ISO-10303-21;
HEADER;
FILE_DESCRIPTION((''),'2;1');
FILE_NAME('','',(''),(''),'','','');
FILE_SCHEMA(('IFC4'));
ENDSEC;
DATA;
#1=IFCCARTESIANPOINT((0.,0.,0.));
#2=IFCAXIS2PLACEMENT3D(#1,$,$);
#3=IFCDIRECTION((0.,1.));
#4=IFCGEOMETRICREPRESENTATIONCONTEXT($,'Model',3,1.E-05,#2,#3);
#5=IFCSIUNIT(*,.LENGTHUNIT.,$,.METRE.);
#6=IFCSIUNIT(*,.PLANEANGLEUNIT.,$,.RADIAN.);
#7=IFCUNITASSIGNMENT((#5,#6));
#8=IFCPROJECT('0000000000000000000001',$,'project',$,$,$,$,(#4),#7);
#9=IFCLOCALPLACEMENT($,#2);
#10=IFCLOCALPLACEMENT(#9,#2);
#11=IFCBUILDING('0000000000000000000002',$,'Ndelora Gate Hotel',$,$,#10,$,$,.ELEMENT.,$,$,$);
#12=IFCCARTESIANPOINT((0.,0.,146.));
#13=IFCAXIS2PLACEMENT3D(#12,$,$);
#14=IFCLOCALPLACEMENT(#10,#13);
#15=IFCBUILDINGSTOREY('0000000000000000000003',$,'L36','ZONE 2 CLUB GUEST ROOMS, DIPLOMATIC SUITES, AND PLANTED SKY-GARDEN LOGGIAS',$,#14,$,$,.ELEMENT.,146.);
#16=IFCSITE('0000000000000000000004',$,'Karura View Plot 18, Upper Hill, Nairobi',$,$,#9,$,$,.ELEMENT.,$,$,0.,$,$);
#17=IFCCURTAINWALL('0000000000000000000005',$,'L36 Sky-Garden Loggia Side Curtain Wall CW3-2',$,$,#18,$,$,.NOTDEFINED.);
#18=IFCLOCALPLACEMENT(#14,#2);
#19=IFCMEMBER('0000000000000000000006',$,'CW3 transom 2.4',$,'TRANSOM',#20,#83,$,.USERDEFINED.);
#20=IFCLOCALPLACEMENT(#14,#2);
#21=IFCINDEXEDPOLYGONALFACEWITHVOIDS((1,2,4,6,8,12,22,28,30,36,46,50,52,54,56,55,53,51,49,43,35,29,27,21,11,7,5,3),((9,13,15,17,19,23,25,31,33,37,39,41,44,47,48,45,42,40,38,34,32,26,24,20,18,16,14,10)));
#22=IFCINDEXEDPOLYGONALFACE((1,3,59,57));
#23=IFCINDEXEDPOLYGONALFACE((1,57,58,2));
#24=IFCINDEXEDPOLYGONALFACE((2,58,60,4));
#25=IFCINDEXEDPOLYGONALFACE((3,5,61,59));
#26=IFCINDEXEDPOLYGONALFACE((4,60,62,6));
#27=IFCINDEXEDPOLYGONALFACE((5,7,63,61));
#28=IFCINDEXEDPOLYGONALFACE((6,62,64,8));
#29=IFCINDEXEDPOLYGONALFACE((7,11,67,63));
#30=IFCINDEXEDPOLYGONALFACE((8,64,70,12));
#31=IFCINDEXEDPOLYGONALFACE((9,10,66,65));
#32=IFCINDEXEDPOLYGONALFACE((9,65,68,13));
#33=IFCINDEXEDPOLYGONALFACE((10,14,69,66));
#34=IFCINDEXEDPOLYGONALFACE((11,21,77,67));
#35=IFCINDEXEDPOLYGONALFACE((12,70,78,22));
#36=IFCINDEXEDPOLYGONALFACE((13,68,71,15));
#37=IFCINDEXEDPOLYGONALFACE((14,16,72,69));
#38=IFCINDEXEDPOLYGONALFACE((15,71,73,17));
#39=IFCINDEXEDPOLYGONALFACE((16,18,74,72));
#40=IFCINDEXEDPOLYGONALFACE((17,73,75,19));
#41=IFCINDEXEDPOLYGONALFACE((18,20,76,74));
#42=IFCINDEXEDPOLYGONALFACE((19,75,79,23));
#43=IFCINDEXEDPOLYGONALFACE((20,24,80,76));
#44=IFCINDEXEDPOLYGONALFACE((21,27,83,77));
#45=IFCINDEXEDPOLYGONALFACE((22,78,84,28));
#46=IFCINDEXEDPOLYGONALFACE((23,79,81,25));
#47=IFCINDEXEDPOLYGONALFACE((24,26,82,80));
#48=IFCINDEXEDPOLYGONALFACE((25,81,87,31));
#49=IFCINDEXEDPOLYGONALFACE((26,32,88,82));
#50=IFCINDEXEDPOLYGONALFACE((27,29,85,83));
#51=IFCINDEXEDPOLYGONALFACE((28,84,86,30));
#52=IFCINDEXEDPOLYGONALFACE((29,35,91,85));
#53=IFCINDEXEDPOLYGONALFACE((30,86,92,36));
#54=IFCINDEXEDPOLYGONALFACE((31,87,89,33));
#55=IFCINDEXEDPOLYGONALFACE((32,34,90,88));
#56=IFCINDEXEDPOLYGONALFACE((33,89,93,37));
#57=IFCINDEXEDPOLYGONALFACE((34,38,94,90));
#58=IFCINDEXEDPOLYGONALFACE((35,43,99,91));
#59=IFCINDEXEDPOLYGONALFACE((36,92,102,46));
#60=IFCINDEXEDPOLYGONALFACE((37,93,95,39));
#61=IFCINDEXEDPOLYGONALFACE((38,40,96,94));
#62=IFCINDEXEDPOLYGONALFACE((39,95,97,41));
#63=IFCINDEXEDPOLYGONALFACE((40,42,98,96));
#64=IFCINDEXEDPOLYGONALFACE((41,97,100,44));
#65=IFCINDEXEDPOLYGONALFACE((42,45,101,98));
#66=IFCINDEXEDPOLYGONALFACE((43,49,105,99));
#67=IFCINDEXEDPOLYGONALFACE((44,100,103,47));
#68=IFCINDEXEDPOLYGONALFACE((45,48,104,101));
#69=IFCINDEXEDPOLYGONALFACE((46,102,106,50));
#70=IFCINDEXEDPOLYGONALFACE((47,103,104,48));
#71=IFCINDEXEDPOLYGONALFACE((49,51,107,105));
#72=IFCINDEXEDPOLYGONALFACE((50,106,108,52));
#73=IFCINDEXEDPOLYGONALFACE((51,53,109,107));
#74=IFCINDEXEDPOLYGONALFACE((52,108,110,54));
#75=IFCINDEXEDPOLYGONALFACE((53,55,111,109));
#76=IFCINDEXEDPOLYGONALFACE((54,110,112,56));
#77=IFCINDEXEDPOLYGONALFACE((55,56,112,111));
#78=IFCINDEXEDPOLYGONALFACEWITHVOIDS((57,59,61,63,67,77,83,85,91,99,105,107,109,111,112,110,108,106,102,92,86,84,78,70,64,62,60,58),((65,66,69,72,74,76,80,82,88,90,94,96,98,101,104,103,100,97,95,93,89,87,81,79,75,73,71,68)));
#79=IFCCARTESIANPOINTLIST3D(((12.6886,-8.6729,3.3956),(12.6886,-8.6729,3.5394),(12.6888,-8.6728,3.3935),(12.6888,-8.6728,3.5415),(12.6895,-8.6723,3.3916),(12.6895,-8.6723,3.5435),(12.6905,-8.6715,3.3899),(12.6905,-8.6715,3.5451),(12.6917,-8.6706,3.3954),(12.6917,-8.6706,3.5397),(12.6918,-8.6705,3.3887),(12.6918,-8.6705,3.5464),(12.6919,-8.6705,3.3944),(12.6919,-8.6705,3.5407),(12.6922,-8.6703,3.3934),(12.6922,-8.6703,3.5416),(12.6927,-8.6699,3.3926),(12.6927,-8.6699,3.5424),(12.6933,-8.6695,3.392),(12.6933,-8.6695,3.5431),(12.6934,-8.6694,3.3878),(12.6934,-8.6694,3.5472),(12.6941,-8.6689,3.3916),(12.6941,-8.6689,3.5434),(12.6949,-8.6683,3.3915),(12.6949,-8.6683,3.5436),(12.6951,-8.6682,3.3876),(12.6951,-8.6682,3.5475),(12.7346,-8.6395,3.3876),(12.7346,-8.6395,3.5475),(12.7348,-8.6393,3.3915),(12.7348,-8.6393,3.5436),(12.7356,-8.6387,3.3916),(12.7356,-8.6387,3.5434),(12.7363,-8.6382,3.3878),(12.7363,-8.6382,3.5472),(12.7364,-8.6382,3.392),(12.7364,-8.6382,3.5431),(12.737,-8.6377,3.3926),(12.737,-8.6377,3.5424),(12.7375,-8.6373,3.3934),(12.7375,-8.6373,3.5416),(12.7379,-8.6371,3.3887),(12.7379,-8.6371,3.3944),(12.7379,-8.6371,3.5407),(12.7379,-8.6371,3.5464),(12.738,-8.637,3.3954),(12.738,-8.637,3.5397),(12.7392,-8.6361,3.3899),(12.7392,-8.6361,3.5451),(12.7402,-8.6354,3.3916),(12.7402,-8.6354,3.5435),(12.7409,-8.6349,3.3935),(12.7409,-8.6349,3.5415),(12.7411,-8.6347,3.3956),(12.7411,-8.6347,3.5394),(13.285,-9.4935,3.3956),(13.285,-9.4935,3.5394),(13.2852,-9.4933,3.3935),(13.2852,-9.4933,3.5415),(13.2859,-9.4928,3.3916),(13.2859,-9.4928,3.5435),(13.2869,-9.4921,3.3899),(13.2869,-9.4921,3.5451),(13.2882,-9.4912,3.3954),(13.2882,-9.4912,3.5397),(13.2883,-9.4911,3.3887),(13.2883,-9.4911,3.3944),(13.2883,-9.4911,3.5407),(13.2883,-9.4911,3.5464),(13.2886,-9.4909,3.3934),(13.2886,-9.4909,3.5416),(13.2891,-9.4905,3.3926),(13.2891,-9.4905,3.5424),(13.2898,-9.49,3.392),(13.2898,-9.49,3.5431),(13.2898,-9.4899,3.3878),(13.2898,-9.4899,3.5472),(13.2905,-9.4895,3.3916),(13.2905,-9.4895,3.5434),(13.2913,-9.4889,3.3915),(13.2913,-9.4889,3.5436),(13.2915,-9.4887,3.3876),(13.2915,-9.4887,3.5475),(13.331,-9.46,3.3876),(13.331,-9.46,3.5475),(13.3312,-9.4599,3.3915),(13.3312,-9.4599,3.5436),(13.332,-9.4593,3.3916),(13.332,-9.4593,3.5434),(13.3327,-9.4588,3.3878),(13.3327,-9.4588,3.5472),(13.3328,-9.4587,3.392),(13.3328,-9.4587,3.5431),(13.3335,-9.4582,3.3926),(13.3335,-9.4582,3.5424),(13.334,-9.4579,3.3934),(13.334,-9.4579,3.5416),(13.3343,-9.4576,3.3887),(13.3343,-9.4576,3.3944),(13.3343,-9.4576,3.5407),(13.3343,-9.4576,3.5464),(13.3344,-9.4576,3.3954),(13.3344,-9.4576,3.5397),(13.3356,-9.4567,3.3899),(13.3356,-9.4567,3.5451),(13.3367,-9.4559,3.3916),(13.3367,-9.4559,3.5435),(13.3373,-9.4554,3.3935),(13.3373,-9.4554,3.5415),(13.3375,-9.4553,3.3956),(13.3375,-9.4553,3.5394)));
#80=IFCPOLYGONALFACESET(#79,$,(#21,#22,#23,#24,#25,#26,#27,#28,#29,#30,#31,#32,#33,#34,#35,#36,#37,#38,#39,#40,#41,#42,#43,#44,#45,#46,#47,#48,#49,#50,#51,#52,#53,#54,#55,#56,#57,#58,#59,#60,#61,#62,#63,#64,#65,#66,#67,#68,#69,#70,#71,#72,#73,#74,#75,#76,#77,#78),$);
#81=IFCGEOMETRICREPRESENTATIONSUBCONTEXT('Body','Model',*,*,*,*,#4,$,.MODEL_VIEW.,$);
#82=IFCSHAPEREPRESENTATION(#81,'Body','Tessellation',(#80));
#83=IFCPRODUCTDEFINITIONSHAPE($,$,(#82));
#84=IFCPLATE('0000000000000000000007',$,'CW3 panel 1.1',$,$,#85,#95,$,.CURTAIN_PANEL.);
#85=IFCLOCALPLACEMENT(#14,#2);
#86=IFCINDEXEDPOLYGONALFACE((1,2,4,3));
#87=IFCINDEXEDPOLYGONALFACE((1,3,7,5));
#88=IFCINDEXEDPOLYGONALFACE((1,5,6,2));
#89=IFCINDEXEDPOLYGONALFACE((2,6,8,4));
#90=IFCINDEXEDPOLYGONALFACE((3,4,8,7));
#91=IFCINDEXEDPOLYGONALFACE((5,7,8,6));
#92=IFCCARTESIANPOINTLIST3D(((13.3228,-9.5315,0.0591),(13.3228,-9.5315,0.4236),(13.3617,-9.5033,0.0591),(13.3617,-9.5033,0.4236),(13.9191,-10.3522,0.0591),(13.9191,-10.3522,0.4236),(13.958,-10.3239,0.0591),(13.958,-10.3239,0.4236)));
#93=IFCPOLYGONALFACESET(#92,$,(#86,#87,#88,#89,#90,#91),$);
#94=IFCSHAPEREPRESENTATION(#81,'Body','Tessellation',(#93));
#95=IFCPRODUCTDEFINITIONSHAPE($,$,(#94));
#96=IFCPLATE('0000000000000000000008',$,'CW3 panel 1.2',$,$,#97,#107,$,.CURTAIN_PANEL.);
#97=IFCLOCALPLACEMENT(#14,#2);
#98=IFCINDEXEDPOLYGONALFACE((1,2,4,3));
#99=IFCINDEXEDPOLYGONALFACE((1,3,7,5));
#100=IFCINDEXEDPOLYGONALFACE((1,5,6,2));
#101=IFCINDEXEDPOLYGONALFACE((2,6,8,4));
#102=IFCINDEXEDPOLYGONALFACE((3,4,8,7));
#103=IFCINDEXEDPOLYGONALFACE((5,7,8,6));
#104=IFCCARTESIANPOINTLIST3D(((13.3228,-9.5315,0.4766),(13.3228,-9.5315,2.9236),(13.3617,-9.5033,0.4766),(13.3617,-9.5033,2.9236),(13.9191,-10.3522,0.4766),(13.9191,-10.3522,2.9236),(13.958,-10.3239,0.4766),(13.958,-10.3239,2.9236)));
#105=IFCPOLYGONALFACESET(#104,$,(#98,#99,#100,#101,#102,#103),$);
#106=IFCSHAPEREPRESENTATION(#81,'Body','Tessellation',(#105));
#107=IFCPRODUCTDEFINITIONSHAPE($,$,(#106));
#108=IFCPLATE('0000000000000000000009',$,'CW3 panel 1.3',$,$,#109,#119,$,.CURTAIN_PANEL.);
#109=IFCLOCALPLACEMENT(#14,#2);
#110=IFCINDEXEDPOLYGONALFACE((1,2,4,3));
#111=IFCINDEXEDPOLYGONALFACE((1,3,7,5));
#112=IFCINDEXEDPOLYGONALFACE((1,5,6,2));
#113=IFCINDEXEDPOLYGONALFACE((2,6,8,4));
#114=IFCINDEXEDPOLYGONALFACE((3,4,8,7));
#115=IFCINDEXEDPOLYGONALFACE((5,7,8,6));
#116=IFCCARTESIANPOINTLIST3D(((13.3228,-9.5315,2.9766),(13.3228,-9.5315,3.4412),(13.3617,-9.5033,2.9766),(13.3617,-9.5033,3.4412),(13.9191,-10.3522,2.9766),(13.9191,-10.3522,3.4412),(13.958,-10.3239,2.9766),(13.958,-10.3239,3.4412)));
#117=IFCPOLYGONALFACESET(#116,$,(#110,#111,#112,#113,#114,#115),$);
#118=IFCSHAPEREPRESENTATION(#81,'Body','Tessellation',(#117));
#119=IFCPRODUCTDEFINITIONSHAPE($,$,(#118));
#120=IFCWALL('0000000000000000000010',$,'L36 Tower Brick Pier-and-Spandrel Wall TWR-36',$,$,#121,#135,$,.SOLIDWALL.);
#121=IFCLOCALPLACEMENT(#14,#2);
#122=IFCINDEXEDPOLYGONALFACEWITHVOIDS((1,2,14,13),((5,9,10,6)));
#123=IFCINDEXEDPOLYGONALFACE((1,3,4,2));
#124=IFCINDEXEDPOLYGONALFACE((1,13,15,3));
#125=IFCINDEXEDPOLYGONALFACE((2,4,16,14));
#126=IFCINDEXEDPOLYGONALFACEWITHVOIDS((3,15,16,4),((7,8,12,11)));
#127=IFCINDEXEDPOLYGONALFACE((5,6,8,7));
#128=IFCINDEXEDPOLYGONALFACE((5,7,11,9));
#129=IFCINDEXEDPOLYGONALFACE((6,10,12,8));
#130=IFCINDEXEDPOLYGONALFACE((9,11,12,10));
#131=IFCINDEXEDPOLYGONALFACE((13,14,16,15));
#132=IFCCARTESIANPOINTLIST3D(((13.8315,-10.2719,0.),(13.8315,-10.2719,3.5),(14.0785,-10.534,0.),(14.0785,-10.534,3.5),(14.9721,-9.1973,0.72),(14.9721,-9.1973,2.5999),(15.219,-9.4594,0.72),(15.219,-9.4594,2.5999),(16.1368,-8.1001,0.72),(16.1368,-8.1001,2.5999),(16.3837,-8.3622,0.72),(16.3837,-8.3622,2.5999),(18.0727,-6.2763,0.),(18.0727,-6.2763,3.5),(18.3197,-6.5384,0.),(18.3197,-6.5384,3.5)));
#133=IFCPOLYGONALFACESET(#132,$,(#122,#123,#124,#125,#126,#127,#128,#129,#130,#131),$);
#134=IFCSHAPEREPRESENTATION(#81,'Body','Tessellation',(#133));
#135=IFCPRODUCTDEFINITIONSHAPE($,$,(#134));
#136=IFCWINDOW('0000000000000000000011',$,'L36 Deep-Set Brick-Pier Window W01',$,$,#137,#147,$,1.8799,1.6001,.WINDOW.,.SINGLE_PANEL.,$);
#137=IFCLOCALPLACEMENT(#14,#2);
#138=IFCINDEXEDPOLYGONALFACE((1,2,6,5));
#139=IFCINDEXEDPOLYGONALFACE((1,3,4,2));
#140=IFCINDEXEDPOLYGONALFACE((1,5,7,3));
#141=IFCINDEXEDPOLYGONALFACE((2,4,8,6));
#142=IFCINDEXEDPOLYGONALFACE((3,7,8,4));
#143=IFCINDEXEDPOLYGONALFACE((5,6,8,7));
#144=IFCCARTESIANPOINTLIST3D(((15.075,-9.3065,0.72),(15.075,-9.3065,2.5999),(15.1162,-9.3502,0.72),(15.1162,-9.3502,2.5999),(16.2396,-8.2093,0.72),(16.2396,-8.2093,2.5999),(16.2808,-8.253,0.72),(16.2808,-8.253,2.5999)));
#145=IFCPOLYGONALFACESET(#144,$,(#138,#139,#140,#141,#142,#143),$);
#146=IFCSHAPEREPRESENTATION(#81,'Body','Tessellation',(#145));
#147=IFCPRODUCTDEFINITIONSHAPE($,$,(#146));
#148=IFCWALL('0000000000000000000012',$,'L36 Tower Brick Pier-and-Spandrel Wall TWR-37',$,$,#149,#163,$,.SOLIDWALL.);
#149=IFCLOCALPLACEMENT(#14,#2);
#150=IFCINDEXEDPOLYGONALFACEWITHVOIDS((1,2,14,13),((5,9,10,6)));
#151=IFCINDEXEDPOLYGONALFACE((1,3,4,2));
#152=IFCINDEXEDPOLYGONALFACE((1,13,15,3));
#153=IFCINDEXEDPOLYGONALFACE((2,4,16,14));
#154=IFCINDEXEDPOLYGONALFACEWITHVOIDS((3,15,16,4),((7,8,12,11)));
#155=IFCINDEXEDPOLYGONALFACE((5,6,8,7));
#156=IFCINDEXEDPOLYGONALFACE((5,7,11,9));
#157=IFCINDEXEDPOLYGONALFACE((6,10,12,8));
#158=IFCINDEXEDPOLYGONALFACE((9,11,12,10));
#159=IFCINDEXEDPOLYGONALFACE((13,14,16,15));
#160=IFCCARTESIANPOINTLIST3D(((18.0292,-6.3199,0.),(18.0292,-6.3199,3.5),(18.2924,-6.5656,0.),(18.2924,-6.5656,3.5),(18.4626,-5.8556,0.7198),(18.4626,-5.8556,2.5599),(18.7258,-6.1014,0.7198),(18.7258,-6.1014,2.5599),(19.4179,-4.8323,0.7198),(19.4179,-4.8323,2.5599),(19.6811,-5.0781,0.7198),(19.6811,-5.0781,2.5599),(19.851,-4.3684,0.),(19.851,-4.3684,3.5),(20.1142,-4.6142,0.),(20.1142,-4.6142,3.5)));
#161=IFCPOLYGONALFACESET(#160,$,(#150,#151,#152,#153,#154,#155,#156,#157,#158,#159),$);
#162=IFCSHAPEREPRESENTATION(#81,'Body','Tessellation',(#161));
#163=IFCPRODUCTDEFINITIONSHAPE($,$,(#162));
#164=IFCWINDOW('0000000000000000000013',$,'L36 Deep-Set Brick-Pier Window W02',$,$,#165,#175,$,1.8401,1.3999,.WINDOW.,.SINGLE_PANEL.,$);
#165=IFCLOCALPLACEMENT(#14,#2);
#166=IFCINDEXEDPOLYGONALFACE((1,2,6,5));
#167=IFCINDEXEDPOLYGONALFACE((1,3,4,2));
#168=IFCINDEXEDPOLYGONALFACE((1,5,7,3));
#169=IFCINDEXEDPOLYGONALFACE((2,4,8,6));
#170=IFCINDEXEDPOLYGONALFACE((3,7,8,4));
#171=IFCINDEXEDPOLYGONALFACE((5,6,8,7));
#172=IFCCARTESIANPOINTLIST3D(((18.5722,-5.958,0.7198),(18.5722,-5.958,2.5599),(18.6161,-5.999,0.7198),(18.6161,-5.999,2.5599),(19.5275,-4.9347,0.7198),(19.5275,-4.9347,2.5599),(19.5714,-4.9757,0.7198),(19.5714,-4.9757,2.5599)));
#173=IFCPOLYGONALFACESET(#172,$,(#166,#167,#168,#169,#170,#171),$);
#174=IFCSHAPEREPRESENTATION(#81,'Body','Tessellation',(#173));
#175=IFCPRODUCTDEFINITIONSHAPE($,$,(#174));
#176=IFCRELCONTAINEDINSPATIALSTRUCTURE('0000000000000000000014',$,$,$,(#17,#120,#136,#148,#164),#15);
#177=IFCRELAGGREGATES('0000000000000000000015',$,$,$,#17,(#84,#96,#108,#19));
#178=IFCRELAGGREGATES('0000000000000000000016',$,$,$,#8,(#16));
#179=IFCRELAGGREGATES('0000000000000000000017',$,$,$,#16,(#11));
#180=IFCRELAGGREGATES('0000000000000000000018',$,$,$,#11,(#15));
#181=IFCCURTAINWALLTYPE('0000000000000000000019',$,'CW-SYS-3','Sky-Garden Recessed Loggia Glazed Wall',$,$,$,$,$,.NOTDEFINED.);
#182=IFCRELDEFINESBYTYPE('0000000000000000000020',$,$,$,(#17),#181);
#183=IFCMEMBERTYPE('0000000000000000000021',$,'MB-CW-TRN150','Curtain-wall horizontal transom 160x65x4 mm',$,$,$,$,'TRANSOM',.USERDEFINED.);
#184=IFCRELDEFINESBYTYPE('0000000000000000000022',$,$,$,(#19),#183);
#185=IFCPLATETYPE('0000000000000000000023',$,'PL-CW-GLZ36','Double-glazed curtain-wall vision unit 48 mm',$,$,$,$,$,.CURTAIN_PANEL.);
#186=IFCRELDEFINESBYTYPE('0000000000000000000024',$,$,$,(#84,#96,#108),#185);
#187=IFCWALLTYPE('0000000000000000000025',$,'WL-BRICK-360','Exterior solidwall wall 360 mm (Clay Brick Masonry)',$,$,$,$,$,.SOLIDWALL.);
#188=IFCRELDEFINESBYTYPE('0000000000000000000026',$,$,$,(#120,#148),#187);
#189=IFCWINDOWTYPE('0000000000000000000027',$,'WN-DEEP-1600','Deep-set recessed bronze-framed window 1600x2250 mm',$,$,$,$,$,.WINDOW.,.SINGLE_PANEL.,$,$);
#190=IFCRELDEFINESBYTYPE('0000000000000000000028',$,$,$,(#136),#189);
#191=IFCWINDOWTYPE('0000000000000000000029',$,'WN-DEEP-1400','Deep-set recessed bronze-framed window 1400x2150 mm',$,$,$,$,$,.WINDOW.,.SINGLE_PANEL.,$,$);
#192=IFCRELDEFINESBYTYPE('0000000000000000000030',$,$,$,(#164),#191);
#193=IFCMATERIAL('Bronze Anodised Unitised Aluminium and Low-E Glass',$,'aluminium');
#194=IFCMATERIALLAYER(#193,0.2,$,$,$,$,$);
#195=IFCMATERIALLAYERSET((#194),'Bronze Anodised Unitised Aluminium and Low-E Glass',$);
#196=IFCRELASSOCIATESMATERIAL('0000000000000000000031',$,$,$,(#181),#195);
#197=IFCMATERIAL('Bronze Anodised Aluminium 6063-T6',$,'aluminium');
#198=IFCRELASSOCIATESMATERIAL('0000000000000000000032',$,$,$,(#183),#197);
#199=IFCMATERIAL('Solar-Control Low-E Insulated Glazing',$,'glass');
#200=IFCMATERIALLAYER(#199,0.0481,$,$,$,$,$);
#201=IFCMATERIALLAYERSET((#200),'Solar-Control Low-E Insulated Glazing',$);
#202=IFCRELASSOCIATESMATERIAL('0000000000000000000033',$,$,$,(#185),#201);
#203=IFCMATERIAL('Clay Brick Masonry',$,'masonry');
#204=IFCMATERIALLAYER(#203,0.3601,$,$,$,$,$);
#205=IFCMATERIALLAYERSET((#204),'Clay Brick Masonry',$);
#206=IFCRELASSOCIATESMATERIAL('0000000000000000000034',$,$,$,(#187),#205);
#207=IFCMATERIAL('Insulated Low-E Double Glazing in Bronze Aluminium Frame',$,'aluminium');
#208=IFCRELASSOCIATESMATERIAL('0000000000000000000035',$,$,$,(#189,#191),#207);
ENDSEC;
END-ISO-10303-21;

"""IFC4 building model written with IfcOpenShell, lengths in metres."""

from ifc_helpers import new_model, si_unit, direction, frame, frame_2d, origin, origin_2d, place, context, subcontext, project, spatial, rectangle, hollow_rectangle, extrude, material, layer, layer_set, material_profile, profile_set, type_object, element, fill, aggregate, save


model = new_model("IFC4")

# Units and contexts
model_context = context("Model", 3, precision=1e-05, world=origin(), true_north=direction((0.0, 1.0)))
body_context = subcontext(model_context, "Body", "Model", "MODEL_VIEW")
ifc_project = project(units=[si_unit("LENGTHUNIT", "METRE"), si_unit("PLANEANGLEUNIT", "RADIAN")], contexts=[model_context])

# Site, building, storey
site_placement = place(None, origin())
site = spatial("IfcSite", under=ifc_project, at=site_placement, Name="Karura View Plot 18, Upper Hill, Nairobi", CompositionType="ELEMENT", RefElevation=0.0)
building_placement = place(site_placement, origin())
building = spatial("IfcBuilding", under=site, at=building_placement, Name="Ndelora Gate Hotel", CompositionType="ELEMENT")
storey_placement = place(building_placement, frame((0.0, 0.0, 146.0)))
storey = spatial("IfcBuildingStorey", under=building, at=storey_placement, Name="L36", Description="ZONE 2 CLUB GUEST ROOMS, DIPLOMATIC SUITES, AND PLANTED SKY-GARDEN LOGGIAS", CompositionType="ELEMENT", Elevation=146.0)

# Curtain wall, member, plates
ifc_material_1 = material(Name="Bronze Anodised Unitised Aluminium and Low-E Glass", Category="aluminium")
ifc_layer_1 = layer(ifc_material_1, 0.2)
ifc_layer_set_1 = layer_set([ifc_layer_1], Name="Bronze Anodised Unitised Aluminium and Low-E Glass")
curtain_wall_type = type_object("IfcCurtainWallType", Name="CW-SYS-3", Description="Sky-Garden Recessed Loggia Glazed Wall", PredefinedType="NOTDEFINED", material=ifc_layer_set_1)
curtain_wall_placement = place(storey_placement, origin())
curtain_wall = element("IfcCurtainWall", 1, at=curtain_wall_placement, inside=storey, type_object=curtain_wall_type, Name="L36 Sky-Garden Loggia Side Curtain Wall CW3-2", PredefinedType="NOTDEFINED")
ifc_material_2 = material(Name="Bronze Anodised Aluminium 6063-T6", Category="aluminium")
ifc_material_profile_1 = material_profile(ifc_material_2, hollow_rectangle(XDim=0.0649, YDim=0.1599, WallThickness=0.0039, InnerFilletRadius=0.0039, OuterFilletRadius=0.0081, at=origin_2d()), Name="ALU 160x65x4")
ifc_profile_set_1 = profile_set([ifc_material_profile_1], Name="Bronze Anodised Aluminium 6063-T6")
member_type_1 = type_object("IfcMemberType", Name="MB-CW-TRN150", Description="Curtain-wall horizontal transom 160x65x4 mm", ElementType="TRANSOM", PredefinedType="USERDEFINED", material=ifc_profile_set_1)
member_1_placement = place(storey_placement, frame((13.3113, -9.4744, 3.4675), z_axis=(-0.587957, 0.808892, 0.0), x_axis=(-0.808892, -0.587957, 0.0)))
member_1 = element("IfcMember", 2, at=member_1_placement, type_object=member_type_1, Name="CW3 transom 2.4", ObjectType="TRANSOM", PredefinedType="USERDEFINED", context=body_context, shape_type="SweptSolid", body=[
    extrude(hollow_rectangle(XDim=0.0649, YDim=0.1599, WallThickness=0.0039, InnerFilletRadius=0.0039, OuterFilletRadius=0.0081, at=origin_2d()), origin(), (0.0, 0.0, 1.0), 1.0144),
])
ifc_material_3 = material(Name="Solar-Control Low-E Insulated Glazing", Category="glass")
ifc_layer_2 = layer(ifc_material_3, 0.0481)
ifc_layer_set_2 = layer_set([ifc_layer_2], Name="Solar-Control Low-E Insulated Glazing")
plate_type = type_object("IfcPlateType", Name="PL-CW-GLZ36", Description="Double-glazed curtain-wall vision unit 48 mm", PredefinedType="CURTAIN_PANEL", material=ifc_layer_set_2)
plate_1_placement = place(storey_placement, frame((13.6404, -9.9277, 0.0591), z_axis=(0.0, 0.0, 1.0), x_axis=(-0.587785, 0.809017, 0.0)))
plate_1 = element("IfcPlate", 3, at=plate_1_placement, type_object=plate_type, Name="CW3 panel 1.1", PredefinedType="CURTAIN_PANEL", context=body_context, shape_type="SweptSolid", body=[
    extrude(rectangle(XDim=1.0144, YDim=0.0481, at=origin_2d()), origin(), (0.0, 0.0, 1.0), 0.3645),
])
plate_2_placement = place(storey_placement, frame((13.6404, -9.9277, 0.4766), z_axis=(0.0, 0.0, 1.0), x_axis=(-0.587785, 0.809017, 0.0)))
plate_2 = element("IfcPlate", 4, at=plate_2_placement, type_object=plate_type, Name="CW3 panel 1.2", PredefinedType="CURTAIN_PANEL", context=body_context, shape_type="SweptSolid", body=[
    extrude(rectangle(XDim=1.0144, YDim=0.0481, at=origin_2d()), origin(), (0.0, 0.0, 1.0), 2.447),
])
plate_3_placement = place(storey_placement, frame((13.6404, -9.9277, 2.9766), z_axis=(0.0, 0.0, 1.0), x_axis=(-0.587785, 0.809017, 0.0)))
plate_3 = element("IfcPlate", 5, at=plate_3_placement, type_object=plate_type, Name="CW3 panel 1.3", PredefinedType="CURTAIN_PANEL", context=body_context, shape_type="SweptSolid", body=[
    extrude(rectangle(XDim=1.0144, YDim=0.0481, at=origin_2d()), origin(), (0.0, 0.0, 1.0), 0.4646),
])
aggregate(curtain_wall, [plate_1, plate_2, plate_3, member_1])

# Walls, openings, windows
ifc_material_4 = material(Name="Clay Brick Masonry", Category="masonry")
ifc_layer_3 = layer(ifc_material_4, 0.3601)
ifc_layer_set_3 = layer_set([ifc_layer_3], Name="Clay Brick Masonry")
wall_type = type_object("IfcWallType", Name="WL-BRICK-360", Description="Exterior solidwall wall 360 mm (Clay Brick Masonry)", PredefinedType="SOLIDWALL", material=ifc_layer_set_3)
wall_1_placement = place(storey_placement, frame((18.1963, -6.4072, 0.0), z_axis=(0.0, 0.0, 1.0), x_axis=(-0.727868, -0.685717, 0.0)))
wall_1 = element("IfcWall", 6, at=wall_1_placement, inside=storey, type_object=wall_type, Name="L36 Tower Brick Pier-and-Spandrel Wall TWR-36", PredefinedType="SOLIDWALL", context=body_context, shape_type="SweptSolid", body=[
    extrude(rectangle(XDim=5.8269, YDim=0.3601, at=frame_2d((2.9136, 0.0))), origin(), (0.0, 0.0, 1.0), 3.5),
])
opening_1_placement = place(wall_1_placement, frame((2.6599, 0.0, 0.72)))
opening_1 = element("IfcOpeningElement", 7, at=opening_1_placement, cuts=wall_1, PredefinedType="OPENING", context=body_context, shape_type="SweptSolid", body=[
    extrude(rectangle(XDim=1.6001, YDim=1.8799, at=frame_2d((0.8, 0.9399))), frame((0.0, 0.1899, 0.0), z_axis=(0.0, -1.0, 0.0), x_axis=(1.0, 0.0, 0.0)), (0.0, 0.0, 1.0), 0.3801),
])
ifc_material_5 = material(Name="Insulated Low-E Double Glazing in Bronze Aluminium Frame", Category="aluminium")
window_type_1 = type_object("IfcWindowType", Name="WN-DEEP-1600", Description="Deep-set recessed bronze-framed window 1600x2250 mm", PartitioningType="SINGLE_PANEL", PredefinedType="WINDOW", material=ifc_material_5)
window_1_placement = place(opening_1_placement, origin())
window_1 = element("IfcWindow", 8, at=window_1_placement, inside=storey, type_object=window_type_1, Name="L36 Deep-Set Brick-Pier Window W01", OverallHeight=1.8799, OverallWidth=1.6001, PartitioningType="SINGLE_PANEL", PredefinedType="WINDOW", context=body_context, shape_type="SweptSolid", body=[
    extrude(rectangle(XDim=1.6001, YDim=1.8799, at=frame_2d((0.8, 0.9399))), frame((0.0, 0.03, 0.0), z_axis=(0.0, -1.0, 0.0), x_axis=(1.0, 0.0, 0.0)), (0.0, 0.0, 1.0), 0.0601),
])
fill(opening_1, window_1)
wall_2_placement = place(storey_placement, frame((19.9827, -4.4912, 0.0), z_axis=(0.0, 0.0, 1.0), x_axis=(-0.682409, -0.73097, 0.0)))
wall_2 = element("IfcWall", 9, at=wall_2_placement, inside=storey, type_object=wall_type, Name="L36 Tower Brick Pier-and-Spandrel Wall TWR-37", PredefinedType="SOLIDWALL", context=body_context, shape_type="SweptSolid", body=[
    extrude(rectangle(XDim=2.6697, YDim=0.3601, at=frame_2d((1.335, 0.0))), origin(), (0.0, 0.0, 1.0), 3.5),
])
opening_2_placement = place(wall_2_placement, frame((0.6348, 0.0, 0.72)))
opening_2 = element("IfcOpeningElement", 10, at=opening_2_placement, cuts=wall_2, PredefinedType="OPENING", context=body_context, shape_type="SweptSolid", body=[
    extrude(rectangle(XDim=1.3999, YDim=1.8401, at=frame_2d((0.7, 0.9199))), frame((0.0, 0.1899, 0.0), z_axis=(0.0, -1.0, 0.0), x_axis=(1.0, 0.0, 0.0)), (0.0, 0.0, 1.0), 0.3801),
])
window_type_2 = type_object("IfcWindowType", Name="WN-DEEP-1400", Description="Deep-set recessed bronze-framed window 1400x2150 mm", PartitioningType="SINGLE_PANEL", PredefinedType="WINDOW", material=ifc_material_5)
window_2_placement = place(opening_2_placement, origin())
window_2 = element("IfcWindow", 11, at=window_2_placement, inside=storey, type_object=window_type_2, Name="L36 Deep-Set Brick-Pier Window W02", OverallHeight=1.8401, OverallWidth=1.3999, PartitioningType="SINGLE_PANEL", PredefinedType="WINDOW", context=body_context, shape_type="SweptSolid", body=[
    extrude(rectangle(XDim=1.3999, YDim=1.8401, at=frame_2d((0.7, 0.9199))), frame((0.0, 0.03, 0.0), z_axis=(0.0, -1.0, 0.0), x_axis=(1.0, 0.0, 0.0)), (0.0, 0.0, 1.0), 0.0601),
])
fill(opening_2, window_2)

save(model, "model.ifc")
